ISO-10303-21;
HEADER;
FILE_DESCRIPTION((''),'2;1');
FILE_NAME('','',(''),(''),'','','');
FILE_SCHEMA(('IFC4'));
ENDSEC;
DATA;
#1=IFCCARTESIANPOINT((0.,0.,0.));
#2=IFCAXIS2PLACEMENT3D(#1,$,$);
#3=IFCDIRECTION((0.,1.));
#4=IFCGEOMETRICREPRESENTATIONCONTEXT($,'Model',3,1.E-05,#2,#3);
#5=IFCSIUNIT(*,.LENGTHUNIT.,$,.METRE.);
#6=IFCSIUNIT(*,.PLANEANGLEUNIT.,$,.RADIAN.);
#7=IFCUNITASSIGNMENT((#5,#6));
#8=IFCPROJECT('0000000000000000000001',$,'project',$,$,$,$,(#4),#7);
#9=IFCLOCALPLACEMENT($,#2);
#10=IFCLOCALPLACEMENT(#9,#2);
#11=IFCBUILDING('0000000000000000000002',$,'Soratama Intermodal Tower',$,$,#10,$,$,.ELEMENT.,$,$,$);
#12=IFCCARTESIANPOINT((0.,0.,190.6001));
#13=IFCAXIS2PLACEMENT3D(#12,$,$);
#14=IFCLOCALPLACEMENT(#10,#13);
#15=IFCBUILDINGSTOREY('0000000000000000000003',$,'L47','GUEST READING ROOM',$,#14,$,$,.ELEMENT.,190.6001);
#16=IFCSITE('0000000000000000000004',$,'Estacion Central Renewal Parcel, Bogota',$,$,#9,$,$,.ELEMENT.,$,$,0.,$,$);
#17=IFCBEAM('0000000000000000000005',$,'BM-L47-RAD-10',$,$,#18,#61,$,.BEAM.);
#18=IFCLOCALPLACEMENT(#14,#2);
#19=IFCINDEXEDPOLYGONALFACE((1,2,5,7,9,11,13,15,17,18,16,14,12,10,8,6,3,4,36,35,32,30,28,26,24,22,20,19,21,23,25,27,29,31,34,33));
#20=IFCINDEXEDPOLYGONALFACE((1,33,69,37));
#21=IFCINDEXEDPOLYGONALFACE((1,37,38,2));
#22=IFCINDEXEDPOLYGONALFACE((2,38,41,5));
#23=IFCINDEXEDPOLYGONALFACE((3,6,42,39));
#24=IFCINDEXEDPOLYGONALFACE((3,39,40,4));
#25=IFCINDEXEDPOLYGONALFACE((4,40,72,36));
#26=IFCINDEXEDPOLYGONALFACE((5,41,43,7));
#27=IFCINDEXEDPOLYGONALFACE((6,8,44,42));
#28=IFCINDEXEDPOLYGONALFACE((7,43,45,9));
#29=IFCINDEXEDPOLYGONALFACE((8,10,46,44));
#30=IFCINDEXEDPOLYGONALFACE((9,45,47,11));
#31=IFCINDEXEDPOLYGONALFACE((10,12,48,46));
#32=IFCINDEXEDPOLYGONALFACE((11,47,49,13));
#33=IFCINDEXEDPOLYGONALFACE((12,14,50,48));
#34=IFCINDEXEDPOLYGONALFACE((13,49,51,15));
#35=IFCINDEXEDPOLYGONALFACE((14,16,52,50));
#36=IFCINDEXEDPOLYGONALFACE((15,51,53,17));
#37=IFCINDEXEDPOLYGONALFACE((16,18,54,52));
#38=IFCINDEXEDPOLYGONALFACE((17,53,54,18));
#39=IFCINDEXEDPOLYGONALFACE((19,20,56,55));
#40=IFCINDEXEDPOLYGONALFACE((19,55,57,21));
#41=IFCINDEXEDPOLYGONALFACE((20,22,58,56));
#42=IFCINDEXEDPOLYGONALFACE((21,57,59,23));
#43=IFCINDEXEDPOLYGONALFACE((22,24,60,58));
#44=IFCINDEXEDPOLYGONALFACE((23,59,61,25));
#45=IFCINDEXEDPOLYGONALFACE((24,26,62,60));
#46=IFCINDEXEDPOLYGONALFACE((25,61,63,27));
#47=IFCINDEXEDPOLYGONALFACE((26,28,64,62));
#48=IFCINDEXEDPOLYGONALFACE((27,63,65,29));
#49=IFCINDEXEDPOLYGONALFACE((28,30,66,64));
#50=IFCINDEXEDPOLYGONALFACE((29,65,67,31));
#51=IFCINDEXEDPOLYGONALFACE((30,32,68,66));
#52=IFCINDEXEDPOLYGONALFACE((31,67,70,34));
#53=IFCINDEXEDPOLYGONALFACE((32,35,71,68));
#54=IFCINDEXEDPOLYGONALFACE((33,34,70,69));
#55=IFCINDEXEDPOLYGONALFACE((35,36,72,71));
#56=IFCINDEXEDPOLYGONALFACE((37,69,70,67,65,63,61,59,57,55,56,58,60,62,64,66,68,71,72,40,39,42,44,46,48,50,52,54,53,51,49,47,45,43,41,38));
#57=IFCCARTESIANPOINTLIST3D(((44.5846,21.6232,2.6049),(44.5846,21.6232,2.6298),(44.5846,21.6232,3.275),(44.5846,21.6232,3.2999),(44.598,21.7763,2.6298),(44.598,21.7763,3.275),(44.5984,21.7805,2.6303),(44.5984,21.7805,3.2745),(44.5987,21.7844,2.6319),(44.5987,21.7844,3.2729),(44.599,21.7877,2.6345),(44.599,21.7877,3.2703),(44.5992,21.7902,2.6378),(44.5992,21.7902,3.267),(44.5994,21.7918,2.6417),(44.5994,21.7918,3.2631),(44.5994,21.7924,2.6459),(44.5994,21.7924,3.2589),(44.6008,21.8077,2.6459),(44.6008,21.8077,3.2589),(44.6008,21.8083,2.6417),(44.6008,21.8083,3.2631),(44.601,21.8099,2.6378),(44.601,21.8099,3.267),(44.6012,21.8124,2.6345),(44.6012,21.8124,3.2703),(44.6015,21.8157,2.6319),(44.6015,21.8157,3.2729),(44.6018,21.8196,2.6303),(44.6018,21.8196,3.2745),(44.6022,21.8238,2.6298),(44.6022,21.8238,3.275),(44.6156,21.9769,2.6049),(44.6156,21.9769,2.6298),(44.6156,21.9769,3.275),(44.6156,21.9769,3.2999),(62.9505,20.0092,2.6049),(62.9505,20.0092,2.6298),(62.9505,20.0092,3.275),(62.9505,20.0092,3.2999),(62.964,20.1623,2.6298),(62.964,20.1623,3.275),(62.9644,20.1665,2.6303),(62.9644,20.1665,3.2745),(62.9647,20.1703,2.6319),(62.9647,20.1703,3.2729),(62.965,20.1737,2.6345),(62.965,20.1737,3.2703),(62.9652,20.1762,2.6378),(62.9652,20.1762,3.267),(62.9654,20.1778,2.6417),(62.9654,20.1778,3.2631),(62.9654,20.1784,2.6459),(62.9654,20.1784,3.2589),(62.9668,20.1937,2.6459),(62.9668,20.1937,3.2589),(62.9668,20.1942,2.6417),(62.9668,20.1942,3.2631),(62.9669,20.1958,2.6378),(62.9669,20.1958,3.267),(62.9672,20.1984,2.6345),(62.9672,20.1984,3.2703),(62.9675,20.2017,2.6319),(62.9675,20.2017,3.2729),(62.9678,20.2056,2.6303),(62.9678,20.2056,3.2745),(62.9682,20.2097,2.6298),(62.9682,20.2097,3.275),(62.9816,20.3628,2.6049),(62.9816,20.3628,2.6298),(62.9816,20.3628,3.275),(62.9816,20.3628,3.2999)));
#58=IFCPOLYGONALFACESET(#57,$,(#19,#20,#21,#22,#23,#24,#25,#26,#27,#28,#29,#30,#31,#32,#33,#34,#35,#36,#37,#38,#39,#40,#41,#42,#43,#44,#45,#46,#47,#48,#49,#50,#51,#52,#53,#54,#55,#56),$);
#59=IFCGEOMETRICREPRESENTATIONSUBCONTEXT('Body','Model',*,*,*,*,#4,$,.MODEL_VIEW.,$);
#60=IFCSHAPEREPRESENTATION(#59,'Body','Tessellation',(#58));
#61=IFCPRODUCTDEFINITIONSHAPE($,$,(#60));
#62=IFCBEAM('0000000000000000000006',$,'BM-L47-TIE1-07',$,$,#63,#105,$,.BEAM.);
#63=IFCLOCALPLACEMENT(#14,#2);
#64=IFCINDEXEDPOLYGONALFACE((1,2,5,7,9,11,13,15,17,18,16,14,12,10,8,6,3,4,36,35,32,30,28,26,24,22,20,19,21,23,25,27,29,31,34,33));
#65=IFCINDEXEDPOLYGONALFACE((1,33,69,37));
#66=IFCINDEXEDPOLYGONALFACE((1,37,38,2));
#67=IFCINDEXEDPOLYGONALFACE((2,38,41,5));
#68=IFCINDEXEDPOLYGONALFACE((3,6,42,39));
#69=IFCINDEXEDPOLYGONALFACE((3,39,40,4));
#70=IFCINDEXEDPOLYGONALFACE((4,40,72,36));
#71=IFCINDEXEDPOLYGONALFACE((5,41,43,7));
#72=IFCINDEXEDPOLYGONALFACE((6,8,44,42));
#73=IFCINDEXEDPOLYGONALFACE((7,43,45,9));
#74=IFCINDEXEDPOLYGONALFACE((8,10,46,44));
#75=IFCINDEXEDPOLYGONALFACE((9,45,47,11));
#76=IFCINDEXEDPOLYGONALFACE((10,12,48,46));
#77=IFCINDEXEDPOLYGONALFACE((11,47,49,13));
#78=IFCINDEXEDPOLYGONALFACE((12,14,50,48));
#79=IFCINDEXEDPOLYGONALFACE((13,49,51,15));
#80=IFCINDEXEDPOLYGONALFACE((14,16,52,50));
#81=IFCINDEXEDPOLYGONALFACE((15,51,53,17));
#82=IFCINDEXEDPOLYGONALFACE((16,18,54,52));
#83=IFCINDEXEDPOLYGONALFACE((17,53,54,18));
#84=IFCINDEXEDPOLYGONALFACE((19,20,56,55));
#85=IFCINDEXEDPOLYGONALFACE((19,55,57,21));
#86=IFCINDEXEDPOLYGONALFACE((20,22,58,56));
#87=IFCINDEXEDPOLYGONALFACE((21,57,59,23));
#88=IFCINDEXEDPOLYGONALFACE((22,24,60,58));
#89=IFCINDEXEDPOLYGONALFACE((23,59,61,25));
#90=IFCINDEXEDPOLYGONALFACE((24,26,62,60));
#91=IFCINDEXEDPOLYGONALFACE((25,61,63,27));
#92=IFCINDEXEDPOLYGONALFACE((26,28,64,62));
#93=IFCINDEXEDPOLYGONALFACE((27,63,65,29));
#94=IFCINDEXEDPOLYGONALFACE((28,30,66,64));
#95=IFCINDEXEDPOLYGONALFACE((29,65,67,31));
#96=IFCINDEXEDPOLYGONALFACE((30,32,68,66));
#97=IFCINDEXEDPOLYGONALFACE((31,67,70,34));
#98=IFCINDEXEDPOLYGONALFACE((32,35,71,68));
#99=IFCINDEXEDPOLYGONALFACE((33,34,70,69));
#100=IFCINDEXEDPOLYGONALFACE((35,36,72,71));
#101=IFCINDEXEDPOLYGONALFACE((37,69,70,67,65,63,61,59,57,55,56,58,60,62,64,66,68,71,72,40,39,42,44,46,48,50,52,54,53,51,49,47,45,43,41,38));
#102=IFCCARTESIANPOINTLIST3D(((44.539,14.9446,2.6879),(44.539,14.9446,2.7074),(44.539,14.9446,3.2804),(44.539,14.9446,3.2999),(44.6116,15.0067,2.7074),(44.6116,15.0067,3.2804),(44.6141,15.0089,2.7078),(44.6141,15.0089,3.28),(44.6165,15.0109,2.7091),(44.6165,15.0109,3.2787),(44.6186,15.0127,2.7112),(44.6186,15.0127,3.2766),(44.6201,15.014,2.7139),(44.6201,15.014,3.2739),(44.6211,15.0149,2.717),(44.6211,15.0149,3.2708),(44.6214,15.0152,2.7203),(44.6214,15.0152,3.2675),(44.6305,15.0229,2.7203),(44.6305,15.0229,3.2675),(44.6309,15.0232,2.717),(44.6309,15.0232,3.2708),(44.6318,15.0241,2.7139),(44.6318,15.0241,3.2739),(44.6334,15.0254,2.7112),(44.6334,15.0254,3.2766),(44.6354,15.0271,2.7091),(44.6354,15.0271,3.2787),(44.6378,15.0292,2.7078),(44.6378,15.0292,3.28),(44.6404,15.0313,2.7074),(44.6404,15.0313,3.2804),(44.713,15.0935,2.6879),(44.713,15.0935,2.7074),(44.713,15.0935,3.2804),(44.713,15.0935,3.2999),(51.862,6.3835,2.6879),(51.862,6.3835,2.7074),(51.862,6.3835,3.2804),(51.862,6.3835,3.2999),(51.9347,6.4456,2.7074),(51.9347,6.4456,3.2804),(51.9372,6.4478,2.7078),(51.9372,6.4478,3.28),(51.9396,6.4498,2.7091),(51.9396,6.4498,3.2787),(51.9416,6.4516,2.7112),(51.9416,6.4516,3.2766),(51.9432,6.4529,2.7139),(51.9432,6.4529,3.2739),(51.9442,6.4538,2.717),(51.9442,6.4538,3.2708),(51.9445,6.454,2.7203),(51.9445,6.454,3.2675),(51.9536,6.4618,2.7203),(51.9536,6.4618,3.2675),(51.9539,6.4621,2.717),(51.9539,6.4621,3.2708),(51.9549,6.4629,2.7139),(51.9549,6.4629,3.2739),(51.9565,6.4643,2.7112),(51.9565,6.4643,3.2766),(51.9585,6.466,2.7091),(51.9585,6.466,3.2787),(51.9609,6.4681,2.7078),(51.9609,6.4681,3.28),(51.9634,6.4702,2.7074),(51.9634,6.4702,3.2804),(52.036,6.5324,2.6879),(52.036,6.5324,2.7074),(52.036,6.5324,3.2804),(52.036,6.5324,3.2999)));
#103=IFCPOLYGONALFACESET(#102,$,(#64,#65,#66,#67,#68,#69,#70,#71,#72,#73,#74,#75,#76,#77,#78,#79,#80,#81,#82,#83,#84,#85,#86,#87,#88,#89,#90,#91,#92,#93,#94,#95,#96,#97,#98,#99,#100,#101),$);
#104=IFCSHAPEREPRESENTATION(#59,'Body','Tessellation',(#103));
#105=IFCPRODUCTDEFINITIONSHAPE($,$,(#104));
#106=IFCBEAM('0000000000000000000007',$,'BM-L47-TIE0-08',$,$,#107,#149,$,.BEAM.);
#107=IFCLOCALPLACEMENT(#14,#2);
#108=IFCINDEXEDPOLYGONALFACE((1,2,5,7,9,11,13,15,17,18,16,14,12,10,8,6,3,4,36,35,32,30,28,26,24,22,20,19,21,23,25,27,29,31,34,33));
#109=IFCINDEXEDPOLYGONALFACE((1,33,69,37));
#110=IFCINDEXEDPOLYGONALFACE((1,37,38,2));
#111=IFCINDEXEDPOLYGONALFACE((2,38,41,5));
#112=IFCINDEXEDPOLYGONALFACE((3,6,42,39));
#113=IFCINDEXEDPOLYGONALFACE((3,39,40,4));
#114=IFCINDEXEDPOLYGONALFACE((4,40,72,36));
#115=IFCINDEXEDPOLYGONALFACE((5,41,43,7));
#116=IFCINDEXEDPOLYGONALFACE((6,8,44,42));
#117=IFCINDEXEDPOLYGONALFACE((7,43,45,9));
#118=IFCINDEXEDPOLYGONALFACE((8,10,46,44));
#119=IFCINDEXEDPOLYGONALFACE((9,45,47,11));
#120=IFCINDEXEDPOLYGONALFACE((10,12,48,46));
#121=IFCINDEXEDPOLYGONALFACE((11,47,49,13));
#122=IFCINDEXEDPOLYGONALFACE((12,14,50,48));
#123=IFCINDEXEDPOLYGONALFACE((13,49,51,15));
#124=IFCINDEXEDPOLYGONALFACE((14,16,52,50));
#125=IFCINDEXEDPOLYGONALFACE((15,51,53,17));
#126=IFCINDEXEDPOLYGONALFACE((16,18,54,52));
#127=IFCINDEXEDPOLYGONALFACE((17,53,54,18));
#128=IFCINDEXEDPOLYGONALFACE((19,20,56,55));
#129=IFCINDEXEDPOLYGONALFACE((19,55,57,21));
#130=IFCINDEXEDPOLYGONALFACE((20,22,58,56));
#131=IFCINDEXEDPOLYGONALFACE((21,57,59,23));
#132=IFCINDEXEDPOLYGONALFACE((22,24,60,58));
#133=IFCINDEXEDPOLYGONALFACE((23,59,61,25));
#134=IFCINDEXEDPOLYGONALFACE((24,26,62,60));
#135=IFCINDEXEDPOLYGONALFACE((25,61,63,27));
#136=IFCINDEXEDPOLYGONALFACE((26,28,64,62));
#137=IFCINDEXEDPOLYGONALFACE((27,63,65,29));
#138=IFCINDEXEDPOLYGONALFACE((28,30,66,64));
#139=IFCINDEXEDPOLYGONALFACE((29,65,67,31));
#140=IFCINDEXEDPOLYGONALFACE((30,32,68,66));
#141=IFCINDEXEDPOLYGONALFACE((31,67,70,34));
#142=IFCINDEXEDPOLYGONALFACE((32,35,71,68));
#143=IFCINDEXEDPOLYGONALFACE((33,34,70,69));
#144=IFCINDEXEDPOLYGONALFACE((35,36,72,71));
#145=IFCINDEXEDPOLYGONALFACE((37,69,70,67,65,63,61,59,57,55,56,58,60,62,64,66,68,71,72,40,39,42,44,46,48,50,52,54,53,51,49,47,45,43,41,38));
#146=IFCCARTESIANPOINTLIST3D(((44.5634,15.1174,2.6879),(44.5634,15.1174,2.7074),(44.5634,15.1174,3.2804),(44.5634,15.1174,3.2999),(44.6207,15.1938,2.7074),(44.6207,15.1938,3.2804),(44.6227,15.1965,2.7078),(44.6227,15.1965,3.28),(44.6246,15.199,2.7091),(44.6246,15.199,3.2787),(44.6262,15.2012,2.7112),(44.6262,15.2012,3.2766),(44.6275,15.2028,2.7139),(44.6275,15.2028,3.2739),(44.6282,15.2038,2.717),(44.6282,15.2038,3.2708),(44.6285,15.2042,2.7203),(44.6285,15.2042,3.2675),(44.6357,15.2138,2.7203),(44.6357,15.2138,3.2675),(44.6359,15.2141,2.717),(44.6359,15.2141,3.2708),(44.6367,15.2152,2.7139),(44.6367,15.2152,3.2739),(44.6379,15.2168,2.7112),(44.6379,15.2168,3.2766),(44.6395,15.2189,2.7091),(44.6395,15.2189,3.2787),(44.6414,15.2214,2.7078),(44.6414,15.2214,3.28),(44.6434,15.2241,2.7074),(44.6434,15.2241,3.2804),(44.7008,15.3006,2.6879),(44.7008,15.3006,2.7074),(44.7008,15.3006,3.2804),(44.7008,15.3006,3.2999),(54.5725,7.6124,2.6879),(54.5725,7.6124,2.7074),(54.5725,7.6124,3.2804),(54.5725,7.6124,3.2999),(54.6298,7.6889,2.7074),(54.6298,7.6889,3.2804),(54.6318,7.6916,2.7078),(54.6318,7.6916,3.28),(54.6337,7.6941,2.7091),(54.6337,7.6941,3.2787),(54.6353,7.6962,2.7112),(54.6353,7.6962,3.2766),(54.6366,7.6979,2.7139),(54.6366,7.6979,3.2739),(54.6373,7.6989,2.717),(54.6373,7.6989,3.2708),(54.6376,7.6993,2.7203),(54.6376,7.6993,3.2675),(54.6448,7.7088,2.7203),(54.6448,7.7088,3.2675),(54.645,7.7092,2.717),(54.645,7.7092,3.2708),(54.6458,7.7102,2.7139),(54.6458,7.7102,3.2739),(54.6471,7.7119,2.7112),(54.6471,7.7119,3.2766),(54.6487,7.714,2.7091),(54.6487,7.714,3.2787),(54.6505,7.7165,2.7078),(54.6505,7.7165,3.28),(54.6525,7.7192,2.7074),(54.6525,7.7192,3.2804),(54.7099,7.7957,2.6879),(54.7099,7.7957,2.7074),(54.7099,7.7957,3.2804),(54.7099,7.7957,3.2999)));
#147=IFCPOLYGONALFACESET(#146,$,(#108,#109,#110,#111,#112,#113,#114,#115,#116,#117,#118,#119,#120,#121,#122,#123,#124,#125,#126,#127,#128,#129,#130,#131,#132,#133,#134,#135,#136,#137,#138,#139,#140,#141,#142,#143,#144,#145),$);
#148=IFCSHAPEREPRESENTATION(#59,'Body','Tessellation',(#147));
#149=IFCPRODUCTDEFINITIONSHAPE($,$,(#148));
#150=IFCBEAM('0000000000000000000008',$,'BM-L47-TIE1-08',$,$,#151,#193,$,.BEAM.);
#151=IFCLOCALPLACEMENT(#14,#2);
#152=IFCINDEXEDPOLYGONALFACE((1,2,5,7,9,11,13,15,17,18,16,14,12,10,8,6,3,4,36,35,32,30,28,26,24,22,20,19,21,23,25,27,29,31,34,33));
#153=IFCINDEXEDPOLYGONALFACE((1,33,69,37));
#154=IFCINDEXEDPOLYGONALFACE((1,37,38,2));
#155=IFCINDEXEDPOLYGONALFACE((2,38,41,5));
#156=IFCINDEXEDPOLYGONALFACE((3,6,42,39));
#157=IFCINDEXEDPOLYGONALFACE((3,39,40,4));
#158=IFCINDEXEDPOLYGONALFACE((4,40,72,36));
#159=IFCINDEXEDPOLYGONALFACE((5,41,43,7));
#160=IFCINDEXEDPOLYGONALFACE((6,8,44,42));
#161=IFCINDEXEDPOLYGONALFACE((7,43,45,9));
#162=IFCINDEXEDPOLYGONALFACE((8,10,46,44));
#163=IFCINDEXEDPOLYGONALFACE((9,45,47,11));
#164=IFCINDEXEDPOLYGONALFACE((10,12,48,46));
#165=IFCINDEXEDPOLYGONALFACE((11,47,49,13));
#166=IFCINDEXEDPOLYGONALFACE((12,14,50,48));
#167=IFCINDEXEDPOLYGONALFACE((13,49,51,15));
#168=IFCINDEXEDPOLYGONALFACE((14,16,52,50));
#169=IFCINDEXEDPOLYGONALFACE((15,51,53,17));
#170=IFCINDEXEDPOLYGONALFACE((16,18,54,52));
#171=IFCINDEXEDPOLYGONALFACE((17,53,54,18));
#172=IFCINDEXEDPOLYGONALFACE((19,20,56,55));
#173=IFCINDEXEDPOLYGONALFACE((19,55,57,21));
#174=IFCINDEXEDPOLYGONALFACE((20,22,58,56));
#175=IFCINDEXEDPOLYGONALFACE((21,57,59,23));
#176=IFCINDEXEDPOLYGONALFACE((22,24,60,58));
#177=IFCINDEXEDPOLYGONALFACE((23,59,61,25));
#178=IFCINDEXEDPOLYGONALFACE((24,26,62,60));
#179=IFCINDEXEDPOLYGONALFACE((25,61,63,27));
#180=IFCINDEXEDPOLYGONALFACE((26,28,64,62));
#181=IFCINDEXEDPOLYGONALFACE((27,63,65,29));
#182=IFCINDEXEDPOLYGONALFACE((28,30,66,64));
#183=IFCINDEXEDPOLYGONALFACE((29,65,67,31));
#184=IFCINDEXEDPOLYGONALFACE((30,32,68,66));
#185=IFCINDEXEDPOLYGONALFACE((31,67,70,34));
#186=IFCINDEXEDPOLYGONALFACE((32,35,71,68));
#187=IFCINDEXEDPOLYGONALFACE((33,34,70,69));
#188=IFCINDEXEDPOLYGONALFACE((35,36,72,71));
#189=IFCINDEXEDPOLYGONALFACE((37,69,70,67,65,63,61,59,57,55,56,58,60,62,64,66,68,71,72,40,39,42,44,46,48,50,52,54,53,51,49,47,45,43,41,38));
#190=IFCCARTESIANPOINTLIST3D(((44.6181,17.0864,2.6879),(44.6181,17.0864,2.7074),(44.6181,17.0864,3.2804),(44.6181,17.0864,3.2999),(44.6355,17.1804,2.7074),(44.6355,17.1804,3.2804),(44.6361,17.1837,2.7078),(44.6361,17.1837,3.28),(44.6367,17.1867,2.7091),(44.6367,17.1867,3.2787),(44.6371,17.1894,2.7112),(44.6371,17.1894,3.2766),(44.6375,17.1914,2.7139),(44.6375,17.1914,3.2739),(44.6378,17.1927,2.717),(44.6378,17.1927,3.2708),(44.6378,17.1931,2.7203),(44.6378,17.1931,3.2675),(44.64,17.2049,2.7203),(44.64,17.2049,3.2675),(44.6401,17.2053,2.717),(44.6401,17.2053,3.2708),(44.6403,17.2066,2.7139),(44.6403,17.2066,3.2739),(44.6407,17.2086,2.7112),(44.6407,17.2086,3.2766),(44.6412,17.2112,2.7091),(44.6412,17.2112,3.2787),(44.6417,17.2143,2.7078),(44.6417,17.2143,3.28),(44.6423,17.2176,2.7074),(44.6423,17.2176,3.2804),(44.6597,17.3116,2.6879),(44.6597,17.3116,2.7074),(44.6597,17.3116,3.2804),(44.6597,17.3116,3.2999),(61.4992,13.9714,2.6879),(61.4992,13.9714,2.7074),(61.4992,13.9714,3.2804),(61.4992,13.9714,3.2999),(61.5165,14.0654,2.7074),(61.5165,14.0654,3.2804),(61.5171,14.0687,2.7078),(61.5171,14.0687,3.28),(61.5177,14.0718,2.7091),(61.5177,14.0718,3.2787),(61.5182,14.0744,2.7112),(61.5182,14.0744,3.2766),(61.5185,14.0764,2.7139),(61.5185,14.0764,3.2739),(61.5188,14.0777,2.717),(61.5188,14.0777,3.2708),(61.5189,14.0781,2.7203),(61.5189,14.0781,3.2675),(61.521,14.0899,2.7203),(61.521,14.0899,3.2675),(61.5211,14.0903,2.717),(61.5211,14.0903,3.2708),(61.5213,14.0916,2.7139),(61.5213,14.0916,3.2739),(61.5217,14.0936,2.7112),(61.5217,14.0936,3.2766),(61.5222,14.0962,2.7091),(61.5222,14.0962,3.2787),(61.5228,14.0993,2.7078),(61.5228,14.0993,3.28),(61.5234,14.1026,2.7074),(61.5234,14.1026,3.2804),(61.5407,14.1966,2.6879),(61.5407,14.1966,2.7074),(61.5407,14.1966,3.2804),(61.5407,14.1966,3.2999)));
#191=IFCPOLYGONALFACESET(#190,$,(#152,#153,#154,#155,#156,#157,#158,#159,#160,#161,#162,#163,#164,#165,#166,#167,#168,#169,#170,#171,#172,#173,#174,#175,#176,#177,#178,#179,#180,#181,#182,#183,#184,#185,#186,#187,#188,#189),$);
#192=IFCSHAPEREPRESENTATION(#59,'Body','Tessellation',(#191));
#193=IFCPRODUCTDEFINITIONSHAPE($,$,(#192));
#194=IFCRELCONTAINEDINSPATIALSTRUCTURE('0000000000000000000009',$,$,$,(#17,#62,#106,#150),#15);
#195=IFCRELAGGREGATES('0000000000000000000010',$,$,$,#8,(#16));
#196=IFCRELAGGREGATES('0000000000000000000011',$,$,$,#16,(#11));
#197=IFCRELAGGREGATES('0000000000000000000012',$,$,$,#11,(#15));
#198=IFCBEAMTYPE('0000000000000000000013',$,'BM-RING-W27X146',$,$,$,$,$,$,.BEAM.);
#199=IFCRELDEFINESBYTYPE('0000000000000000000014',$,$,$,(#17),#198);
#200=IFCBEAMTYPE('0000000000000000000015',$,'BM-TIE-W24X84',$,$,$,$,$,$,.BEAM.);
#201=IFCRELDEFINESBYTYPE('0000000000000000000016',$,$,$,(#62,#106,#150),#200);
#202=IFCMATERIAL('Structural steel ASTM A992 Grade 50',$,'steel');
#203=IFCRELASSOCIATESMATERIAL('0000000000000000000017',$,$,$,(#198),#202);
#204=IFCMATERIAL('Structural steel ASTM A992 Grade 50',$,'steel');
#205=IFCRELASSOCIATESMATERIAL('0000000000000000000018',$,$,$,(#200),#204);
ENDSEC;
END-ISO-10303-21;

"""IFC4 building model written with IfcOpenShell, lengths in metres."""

from ifc_helpers import new_model, si_unit, direction, frame, origin, origin_2d, place, context, subcontext, project, spatial, i_section, extrude, material, material_profile, profile_set, type_object, element, save


model = new_model("IFC4")

# Units and contexts
model_context = context("Model", 3, precision=1e-05, world=origin(), true_north=direction((0.0, 1.0)))
body_context = subcontext(model_context, "Body", "Model", "MODEL_VIEW")
ifc_project = project(units=[si_unit("LENGTHUNIT", "METRE"), si_unit("PLANEANGLEUNIT", "RADIAN")], contexts=[model_context])

# Site, building, storey
site_placement = place(None, origin())
site = spatial("IfcSite", under=ifc_project, at=site_placement, Name="Estacion Central Renewal Parcel, Bogota", CompositionType="ELEMENT", RefElevation=0.0)
building_placement = place(site_placement, origin())
building = spatial("IfcBuilding", under=site, at=building_placement, Name="Soratama Intermodal Tower", CompositionType="ELEMENT")
storey_placement = place(building_placement, frame((0.0, 0.0, 190.6001)))
storey = spatial("IfcBuildingStorey", under=building, at=storey_placement, Name="L47", Description="GUEST READING ROOM", CompositionType="ELEMENT", Elevation=190.6001)

# Beams
ifc_material_1 = material(Name="Structural steel ASTM A992 Grade 50", Category="steel")
ifc_material_profile_1 = material_profile(ifc_material_1, i_section(OverallWidth=0.355, OverallDepth=0.6951, WebThickness=0.0154, FlangeThickness=0.0249, FilletRadius=0.0161, at=origin_2d()), Name="W27X146")
ifc_profile_set_1 = profile_set([ifc_material_profile_1], Name="Structural steel ASTM A992 Grade 50")
beam_type_1 = type_object("IfcBeamType", Name="BM-RING-W27X146", PredefinedType="BEAM", material=ifc_profile_set_1)
beam_1_placement = place(storey_placement, frame((44.6001, 21.8, 2.9524), z_axis=(0.996161, -0.087543, 0.0), x_axis=(0.087543, 0.996161, 0.0)))
element("IfcBeam", 1, at=beam_1_placement, inside=storey, type_object=beam_type_1, Name="BM-L47-RAD-10", PredefinedType="BEAM", context=body_context, shape_type="SweptSolid", body=[
    extrude(i_section(OverallWidth=0.355, OverallDepth=0.6951, WebThickness=0.0154, FlangeThickness=0.0249, FilletRadius=0.0161, at=origin_2d()), origin(), (0.0, 0.0, 1.0), 18.4368),
])
ifc_material_2 = material(Name="Structural steel ASTM A992 Grade 50", Category="steel")
ifc_material_profile_2 = material_profile(ifc_material_2, i_section(OverallWidth=0.229, OverallDepth=0.6121, WebThickness=0.012, FlangeThickness=0.0195, FilletRadius=0.0129, at=origin_2d()), Name="W24X84")
ifc_profile_set_2 = profile_set([ifc_material_profile_2], Name="Structural steel ASTM A992 Grade 50")
beam_type_2 = type_object("IfcBeamType", Name="BM-TIE-W24X84", PredefinedType="BEAM", material=ifc_profile_set_2)
beam_2_placement = place(storey_placement, frame((44.626, 15.019, 2.9939), z_axis=(0.650022, -0.759916, 0.0), x_axis=(0.759916, 0.650022, 0.0)))
element("IfcBeam", 2, at=beam_2_placement, inside=storey, type_object=beam_type_2, Name="BM-L47-TIE1-07", PredefinedType="BEAM", context=body_context, shape_type="SweptSolid", body=[
    extrude(i_section(OverallWidth=0.229, OverallDepth=0.6121, WebThickness=0.012, FlangeThickness=0.0195, FilletRadius=0.0129, at=origin_2d()), origin(), (0.0, 0.0, 1.0), 11.2659),
])
beam_3_placement = place(storey_placement, frame((44.6321, 15.209, 2.9939), z_axis=(0.800073, -0.599903, 0.0), x_axis=(0.599903, 0.800073, 0.0)))
element("IfcBeam", 3, at=beam_3_placement, inside=storey, type_object=beam_type_2, Name="BM-L47-TIE0-08", PredefinedType="BEAM", context=body_context, shape_type="SweptSolid", body=[
    extrude(i_section(OverallWidth=0.229, OverallDepth=0.6121, WebThickness=0.012, FlangeThickness=0.0195, FilletRadius=0.0129, at=origin_2d()), origin(), (0.0, 0.0, 1.0), 12.5103),
])
beam_4_placement = place(storey_placement, frame((44.6389, 17.199, 2.9939), z_axis=(0.983398, -0.181462, 0.0), x_axis=(0.181462, 0.983398, 0.0)))
element("IfcBeam", 4, at=beam_4_placement, inside=storey, type_object=beam_type_2, Name="BM-L47-TIE1-08", PredefinedType="BEAM", context=body_context, shape_type="SweptSolid", body=[
    extrude(i_section(OverallWidth=0.229, OverallDepth=0.6121, WebThickness=0.012, FlangeThickness=0.0195, FilletRadius=0.0129, at=origin_2d()), origin(), (0.0, 0.0, 1.0), 17.166),
])

save(model, "model.ifc")
